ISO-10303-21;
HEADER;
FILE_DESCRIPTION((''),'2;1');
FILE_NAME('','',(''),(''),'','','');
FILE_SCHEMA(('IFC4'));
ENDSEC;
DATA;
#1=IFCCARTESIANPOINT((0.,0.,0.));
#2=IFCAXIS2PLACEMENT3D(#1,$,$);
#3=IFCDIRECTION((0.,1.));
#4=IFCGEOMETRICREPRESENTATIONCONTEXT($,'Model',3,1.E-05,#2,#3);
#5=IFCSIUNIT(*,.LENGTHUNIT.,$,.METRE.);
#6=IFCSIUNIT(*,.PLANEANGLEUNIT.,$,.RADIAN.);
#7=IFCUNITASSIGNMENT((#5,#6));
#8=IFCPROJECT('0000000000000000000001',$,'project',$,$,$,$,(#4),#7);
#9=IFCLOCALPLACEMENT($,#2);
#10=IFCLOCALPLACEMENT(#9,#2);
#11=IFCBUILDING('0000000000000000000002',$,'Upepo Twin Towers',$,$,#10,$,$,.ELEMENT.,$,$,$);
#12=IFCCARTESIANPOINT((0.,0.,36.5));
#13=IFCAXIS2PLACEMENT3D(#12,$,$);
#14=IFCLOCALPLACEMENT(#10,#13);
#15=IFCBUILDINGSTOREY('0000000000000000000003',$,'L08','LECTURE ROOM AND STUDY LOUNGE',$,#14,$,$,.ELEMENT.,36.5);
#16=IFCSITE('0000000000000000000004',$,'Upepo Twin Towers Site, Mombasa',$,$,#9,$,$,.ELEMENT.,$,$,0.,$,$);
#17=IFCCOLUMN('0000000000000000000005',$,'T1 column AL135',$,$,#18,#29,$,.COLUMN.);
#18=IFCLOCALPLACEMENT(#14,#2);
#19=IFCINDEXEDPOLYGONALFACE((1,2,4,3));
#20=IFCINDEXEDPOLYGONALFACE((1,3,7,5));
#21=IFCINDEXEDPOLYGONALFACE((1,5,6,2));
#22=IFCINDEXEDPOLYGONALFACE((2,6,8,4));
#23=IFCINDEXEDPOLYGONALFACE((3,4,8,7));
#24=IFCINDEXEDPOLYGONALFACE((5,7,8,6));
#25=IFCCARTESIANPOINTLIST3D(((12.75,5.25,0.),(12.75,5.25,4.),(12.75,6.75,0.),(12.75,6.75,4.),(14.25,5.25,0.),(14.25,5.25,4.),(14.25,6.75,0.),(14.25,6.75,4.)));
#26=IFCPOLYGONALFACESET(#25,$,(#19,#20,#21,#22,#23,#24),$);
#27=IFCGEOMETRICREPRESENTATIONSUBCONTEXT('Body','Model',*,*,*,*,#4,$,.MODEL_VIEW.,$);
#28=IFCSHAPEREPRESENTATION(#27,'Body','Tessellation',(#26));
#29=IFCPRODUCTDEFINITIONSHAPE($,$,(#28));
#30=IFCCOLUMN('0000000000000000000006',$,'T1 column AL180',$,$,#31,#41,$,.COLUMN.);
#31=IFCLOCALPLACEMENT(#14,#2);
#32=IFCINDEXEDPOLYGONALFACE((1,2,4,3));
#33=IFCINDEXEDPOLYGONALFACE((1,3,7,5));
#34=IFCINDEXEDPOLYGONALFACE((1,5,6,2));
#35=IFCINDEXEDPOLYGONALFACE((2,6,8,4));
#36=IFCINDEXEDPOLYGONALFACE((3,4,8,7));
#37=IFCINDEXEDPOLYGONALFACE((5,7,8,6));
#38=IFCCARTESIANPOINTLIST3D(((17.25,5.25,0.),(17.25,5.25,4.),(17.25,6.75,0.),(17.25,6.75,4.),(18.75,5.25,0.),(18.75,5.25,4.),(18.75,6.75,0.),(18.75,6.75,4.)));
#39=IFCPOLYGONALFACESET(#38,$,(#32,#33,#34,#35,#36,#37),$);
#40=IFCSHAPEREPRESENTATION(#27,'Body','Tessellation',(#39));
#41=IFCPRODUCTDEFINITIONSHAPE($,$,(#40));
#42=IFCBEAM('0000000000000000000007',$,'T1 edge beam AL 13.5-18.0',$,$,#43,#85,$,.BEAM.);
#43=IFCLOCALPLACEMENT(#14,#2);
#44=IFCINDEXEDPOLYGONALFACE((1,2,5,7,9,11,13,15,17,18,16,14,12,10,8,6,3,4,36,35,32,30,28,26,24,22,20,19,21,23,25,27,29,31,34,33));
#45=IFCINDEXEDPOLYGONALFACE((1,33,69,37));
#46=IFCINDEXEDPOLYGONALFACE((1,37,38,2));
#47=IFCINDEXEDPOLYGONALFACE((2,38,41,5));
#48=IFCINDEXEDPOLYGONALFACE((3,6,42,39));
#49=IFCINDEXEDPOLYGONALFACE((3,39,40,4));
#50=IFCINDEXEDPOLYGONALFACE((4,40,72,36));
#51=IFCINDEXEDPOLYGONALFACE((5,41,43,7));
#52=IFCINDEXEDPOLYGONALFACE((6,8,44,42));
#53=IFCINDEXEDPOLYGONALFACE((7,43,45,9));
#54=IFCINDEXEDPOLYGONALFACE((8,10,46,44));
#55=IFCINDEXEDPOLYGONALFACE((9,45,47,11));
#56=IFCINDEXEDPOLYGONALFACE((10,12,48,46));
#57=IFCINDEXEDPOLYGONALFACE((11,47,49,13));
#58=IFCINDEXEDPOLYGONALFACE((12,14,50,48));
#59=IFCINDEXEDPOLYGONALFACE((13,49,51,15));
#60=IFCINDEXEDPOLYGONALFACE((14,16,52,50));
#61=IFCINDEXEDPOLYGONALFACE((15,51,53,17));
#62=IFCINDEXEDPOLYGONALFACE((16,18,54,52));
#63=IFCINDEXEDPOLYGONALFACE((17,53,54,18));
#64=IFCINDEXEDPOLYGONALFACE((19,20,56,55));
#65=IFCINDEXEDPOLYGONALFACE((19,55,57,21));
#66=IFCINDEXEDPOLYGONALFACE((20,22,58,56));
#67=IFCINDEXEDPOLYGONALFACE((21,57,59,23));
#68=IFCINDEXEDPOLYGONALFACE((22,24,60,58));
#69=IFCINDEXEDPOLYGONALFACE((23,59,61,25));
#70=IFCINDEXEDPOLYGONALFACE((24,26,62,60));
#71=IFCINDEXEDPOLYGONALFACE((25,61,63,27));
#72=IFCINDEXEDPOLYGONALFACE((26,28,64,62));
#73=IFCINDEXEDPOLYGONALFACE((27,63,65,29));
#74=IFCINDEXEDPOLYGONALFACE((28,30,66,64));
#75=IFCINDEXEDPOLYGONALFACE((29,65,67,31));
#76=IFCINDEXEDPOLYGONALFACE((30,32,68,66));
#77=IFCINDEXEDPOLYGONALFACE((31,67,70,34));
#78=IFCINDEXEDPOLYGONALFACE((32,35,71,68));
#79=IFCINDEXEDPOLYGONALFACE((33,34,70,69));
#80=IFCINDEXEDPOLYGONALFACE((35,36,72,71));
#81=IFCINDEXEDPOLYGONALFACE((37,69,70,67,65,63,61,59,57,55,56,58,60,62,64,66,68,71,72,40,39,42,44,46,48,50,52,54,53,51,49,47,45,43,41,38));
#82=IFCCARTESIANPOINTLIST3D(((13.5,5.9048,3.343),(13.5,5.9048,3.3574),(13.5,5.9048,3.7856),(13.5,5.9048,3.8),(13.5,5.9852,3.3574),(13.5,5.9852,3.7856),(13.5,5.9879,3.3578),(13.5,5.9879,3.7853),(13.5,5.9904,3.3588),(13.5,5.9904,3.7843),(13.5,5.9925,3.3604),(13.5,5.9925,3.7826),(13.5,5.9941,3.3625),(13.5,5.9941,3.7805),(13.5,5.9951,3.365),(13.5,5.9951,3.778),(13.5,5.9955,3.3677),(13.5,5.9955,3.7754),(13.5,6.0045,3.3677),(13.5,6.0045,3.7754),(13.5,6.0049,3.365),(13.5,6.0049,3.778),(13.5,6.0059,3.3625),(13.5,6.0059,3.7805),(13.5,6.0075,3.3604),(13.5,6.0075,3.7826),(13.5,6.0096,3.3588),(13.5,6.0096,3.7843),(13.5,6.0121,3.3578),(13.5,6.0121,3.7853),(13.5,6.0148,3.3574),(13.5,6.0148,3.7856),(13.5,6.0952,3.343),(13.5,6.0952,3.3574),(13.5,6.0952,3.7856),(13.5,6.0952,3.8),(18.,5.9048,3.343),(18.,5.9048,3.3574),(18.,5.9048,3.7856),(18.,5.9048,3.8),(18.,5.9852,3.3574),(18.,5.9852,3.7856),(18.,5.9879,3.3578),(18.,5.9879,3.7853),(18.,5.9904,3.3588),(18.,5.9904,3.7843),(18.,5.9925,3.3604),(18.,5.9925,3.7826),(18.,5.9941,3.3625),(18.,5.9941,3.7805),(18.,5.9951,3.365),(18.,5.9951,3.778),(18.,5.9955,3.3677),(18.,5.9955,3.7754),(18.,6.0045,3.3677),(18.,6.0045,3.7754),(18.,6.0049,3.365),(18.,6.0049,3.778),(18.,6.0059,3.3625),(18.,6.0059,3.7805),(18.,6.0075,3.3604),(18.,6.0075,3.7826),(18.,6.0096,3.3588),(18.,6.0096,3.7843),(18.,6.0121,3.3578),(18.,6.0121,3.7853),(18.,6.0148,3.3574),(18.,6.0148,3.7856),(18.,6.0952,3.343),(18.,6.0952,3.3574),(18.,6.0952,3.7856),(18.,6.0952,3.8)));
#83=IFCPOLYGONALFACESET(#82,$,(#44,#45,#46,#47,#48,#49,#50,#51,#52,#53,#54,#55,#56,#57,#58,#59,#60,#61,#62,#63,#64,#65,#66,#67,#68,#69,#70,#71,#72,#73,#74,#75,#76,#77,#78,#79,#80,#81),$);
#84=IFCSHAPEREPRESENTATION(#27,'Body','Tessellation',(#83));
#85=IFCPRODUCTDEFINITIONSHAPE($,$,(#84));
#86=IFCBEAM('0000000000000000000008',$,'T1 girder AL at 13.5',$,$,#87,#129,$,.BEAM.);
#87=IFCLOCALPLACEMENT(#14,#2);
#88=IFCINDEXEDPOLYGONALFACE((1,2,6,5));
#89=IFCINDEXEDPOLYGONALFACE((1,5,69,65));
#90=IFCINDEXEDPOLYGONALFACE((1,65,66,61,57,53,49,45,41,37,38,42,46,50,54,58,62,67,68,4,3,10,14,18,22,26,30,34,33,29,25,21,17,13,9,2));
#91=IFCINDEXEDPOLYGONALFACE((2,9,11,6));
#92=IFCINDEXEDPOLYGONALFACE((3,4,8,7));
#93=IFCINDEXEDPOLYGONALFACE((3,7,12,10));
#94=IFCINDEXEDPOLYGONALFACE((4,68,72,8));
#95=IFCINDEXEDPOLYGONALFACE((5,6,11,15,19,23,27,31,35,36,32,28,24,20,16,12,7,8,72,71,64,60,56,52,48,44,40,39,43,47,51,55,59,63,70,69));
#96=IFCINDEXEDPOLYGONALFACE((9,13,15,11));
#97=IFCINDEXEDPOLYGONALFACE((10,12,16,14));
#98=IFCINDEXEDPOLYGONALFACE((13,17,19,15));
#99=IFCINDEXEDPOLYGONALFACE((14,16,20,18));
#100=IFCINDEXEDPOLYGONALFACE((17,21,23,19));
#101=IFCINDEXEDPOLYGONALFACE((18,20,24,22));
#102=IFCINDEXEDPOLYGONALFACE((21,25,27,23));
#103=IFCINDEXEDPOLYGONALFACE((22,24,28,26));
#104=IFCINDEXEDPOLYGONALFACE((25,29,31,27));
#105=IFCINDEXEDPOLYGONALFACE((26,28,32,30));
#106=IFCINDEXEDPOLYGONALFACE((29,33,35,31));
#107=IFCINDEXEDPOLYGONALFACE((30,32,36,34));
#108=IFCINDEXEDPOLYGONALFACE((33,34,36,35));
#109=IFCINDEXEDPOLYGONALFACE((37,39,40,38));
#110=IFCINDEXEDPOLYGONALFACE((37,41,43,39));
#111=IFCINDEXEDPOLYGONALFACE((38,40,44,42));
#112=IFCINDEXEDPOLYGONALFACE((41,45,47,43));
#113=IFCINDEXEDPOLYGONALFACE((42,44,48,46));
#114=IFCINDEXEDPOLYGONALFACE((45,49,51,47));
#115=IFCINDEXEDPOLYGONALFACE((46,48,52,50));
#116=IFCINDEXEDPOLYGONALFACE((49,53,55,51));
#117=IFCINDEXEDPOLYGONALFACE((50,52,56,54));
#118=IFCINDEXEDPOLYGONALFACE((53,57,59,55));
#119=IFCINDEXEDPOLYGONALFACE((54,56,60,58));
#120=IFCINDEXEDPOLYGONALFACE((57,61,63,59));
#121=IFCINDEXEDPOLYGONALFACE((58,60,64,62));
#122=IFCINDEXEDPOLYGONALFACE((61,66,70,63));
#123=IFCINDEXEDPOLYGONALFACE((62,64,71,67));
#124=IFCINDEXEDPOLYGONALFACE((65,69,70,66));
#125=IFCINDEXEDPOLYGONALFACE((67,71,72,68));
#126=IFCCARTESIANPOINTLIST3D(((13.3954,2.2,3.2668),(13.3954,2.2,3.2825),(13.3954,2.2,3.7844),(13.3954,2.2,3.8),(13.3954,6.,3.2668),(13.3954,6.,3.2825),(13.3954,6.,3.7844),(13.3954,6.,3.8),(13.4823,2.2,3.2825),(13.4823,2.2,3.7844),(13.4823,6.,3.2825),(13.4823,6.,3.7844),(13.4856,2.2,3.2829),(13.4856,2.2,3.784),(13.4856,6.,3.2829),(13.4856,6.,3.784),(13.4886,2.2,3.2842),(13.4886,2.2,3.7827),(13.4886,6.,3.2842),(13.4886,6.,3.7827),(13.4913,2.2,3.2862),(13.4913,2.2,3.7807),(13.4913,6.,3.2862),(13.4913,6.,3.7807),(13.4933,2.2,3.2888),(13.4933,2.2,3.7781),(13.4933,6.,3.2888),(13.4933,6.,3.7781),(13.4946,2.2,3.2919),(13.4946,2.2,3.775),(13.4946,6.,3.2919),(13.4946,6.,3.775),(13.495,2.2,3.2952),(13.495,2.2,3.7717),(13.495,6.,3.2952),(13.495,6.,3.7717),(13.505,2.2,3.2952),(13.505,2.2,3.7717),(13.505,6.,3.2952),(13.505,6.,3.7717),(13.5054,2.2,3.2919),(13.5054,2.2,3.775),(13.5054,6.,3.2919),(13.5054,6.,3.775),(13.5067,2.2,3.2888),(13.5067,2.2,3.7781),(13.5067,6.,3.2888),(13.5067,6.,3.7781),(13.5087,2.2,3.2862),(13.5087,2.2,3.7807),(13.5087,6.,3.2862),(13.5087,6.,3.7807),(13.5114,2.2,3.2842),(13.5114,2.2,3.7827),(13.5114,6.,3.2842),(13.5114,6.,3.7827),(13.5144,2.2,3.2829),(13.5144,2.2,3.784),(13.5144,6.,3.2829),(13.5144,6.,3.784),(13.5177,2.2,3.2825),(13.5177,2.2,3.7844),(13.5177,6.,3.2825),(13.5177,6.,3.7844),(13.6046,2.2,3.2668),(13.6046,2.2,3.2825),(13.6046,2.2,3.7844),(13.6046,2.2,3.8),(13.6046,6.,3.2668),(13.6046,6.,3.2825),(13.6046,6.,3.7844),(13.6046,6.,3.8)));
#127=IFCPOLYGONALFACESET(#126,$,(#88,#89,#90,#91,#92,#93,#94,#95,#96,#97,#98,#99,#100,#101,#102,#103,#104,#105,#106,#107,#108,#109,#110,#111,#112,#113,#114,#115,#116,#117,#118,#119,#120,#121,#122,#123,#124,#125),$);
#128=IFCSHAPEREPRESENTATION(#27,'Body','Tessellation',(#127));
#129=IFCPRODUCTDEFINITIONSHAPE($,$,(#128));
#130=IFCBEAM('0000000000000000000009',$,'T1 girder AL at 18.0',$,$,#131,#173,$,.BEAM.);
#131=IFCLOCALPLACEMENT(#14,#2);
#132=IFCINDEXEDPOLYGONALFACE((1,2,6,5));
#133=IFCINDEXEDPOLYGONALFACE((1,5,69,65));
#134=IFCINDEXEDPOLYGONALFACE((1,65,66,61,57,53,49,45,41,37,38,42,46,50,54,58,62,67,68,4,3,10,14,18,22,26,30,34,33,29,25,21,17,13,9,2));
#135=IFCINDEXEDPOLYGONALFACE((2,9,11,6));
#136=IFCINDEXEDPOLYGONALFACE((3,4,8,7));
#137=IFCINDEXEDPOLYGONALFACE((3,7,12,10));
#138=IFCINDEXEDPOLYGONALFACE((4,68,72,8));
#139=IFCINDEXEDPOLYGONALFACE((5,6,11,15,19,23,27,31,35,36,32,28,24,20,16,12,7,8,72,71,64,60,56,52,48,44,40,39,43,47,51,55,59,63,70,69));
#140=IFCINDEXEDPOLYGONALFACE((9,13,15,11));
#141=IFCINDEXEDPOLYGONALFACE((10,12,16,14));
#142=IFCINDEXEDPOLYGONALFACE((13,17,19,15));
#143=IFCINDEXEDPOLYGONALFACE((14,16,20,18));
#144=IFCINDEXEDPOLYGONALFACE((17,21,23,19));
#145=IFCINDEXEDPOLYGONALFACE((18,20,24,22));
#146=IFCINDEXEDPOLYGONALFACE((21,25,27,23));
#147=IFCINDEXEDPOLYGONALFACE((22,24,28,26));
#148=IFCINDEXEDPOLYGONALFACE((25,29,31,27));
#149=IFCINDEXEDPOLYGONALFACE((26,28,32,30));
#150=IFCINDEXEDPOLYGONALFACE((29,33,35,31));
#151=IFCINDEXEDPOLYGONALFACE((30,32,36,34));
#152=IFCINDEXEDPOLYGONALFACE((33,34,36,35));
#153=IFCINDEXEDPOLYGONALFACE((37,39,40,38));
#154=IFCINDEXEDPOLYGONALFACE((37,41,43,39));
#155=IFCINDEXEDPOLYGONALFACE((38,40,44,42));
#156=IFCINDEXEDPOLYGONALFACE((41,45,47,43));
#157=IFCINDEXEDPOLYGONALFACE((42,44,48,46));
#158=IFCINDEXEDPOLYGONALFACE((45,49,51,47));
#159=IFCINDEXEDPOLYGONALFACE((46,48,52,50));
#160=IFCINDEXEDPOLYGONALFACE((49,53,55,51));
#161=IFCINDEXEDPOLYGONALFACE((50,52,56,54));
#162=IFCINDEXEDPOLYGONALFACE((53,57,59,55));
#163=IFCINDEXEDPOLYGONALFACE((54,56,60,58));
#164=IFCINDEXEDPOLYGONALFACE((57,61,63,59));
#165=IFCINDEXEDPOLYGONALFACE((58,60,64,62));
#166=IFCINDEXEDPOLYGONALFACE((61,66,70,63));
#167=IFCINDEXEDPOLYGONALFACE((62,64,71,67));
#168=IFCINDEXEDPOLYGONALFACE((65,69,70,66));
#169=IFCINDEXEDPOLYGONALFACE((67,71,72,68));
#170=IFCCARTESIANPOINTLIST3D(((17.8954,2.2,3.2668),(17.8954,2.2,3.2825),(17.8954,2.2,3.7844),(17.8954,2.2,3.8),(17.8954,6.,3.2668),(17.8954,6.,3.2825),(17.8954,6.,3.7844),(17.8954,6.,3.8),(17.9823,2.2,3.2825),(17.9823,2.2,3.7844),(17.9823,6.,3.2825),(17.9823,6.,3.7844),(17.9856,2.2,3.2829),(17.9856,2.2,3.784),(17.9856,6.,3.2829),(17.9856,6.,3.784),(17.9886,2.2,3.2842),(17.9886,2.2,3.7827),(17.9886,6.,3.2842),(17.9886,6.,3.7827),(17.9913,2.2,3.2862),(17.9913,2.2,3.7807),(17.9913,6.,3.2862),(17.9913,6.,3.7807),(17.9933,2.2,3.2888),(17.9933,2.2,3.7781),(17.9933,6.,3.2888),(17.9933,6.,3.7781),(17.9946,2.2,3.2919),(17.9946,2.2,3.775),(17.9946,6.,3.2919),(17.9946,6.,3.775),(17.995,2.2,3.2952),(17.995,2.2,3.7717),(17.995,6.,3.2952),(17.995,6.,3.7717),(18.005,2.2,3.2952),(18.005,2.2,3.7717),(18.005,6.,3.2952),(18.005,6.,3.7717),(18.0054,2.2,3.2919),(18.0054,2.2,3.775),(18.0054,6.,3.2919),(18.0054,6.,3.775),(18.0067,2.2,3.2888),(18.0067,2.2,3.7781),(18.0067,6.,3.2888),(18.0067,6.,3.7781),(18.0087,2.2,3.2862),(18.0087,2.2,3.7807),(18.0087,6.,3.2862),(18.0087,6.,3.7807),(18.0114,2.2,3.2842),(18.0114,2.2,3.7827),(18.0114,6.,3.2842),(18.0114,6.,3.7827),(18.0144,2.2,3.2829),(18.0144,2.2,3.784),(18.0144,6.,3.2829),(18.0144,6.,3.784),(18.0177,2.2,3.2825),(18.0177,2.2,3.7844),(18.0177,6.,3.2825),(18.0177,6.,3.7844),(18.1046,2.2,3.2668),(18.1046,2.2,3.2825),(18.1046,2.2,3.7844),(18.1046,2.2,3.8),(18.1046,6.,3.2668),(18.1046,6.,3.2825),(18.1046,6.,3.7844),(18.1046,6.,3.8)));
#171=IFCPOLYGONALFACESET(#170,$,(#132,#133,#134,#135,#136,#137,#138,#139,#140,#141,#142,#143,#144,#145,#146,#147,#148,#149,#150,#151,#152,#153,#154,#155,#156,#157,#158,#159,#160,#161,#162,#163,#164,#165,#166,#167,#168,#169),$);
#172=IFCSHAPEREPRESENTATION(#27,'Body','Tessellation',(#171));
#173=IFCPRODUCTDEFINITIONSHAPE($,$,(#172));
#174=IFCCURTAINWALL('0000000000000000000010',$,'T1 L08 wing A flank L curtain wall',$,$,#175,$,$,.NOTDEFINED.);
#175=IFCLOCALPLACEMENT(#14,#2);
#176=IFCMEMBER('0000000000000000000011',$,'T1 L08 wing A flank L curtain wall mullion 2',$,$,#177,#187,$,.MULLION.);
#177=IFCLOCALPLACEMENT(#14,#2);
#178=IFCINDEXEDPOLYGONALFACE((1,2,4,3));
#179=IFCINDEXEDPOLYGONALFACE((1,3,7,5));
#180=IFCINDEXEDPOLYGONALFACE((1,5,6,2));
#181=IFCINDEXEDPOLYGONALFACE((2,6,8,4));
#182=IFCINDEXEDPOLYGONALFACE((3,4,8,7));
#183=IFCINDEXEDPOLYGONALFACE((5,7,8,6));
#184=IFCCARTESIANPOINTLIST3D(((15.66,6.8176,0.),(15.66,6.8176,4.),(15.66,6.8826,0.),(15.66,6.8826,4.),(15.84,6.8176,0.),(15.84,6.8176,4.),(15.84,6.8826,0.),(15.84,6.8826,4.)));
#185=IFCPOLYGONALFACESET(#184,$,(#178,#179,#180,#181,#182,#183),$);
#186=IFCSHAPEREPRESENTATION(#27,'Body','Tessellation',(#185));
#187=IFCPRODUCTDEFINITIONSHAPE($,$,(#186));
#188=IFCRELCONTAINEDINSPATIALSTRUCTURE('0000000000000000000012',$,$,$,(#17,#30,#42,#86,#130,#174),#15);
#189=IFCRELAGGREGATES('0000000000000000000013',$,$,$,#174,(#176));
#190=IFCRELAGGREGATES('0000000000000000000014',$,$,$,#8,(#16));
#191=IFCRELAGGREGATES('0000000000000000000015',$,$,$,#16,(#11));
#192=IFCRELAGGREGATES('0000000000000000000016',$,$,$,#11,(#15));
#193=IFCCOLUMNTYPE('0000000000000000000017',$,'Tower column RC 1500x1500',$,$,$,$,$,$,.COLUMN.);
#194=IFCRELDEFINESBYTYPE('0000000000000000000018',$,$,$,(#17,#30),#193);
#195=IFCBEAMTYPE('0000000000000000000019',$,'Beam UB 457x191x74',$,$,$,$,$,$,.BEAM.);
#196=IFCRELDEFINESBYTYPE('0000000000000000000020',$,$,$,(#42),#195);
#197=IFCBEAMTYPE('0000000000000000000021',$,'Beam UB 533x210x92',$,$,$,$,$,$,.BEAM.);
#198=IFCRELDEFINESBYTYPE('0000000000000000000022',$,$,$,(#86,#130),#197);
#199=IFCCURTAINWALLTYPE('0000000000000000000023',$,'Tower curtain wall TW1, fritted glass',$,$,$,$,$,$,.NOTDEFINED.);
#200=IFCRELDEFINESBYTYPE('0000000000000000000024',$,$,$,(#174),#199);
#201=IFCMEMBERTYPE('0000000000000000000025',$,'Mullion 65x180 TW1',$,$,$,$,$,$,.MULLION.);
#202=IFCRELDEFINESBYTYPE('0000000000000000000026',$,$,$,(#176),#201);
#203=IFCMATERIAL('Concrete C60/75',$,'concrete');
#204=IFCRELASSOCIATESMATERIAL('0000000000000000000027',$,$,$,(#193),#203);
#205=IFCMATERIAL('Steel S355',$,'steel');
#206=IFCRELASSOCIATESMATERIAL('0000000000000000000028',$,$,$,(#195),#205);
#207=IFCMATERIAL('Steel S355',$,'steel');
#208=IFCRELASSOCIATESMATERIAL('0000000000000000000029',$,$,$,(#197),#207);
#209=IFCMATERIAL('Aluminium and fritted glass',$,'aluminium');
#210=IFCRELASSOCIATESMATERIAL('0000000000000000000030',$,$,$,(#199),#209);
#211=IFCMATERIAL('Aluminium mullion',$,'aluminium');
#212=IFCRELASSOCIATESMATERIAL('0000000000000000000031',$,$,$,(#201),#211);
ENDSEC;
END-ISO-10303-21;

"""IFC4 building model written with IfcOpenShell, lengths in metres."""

from ifc_helpers import new_model, si_unit, direction, frame, origin, origin_2d, place, context, subcontext, project, spatial, rectangle, i_section, extrude, material, material_profile, profile_set, type_object, element, aggregate, save


model = new_model("IFC4")

# Units and contexts
model_context = context("Model", 3, precision=1e-05, world=origin(), true_north=direction((0.0, 1.0)))
body_context = subcontext(model_context, "Body", "Model", "MODEL_VIEW")
ifc_project = project(units=[si_unit("LENGTHUNIT", "METRE"), si_unit("PLANEANGLEUNIT", "RADIAN")], contexts=[model_context])

# Site, building, storey
site_placement = place(None, origin())
site = spatial("IfcSite", under=ifc_project, at=site_placement, Name="Upepo Twin Towers Site, Mombasa", CompositionType="ELEMENT", RefElevation=0.0)
building_placement = place(site_placement, origin())
building = spatial("IfcBuilding", under=site, at=building_placement, Name="Upepo Twin Towers", CompositionType="ELEMENT")
storey_placement = place(building_placement, frame((0.0, 0.0, 36.5)))
storey = spatial("IfcBuildingStorey", under=building, at=storey_placement, Name="L08", Description="LECTURE ROOM AND STUDY LOUNGE", CompositionType="ELEMENT", Elevation=36.5)

# Columns
ifc_material_1 = material(Name="Concrete C60/75", Category="concrete")
ifc_material_profile_1 = material_profile(ifc_material_1, rectangle(XDim=1.5, YDim=1.5, at=origin_2d()), Name="RC 1500x1500")
ifc_profile_set_1 = profile_set([ifc_material_profile_1], Name="Concrete C60/75")
column_type = type_object("IfcColumnType", Name="Tower column RC 1500x1500", PredefinedType="COLUMN", material=ifc_profile_set_1)
for number, where, z_axis, x_axis, name in (
    (1, (13.5, 6.0, 0.0), (0.0, 0.0, 1.0), (1.0, 0.0, 0.0), "T1 column AL135"),
    (2, (18.0, 6.0, 0.0), (0.0, 0.0, 1.0), (1.0, 0.0, 0.0), "T1 column AL180"),
):
    element("IfcColumn", number, at=place(storey_placement, frame(where, z_axis=z_axis, x_axis=x_axis)), inside=storey, type_object=column_type, Name=name, PredefinedType="COLUMN", context=body_context, shape_type="SweptSolid", body=[
        extrude(rectangle(XDim=1.5, YDim=1.5, at=origin_2d()), origin(), (0.0, 0.0, 1.0), 4.0),
    ])

# Beams
ifc_material_2 = material(Name="Steel S355", Category="steel")
ifc_material_profile_2 = material_profile(ifc_material_2, i_section(OverallWidth=0.1904, OverallDepth=0.457, WebThickness=0.009, FlangeThickness=0.0144, FilletRadius=0.0103, at=origin_2d()), Name="UB 457x191x74")
ifc_profile_set_2 = profile_set([ifc_material_profile_2], Name="Steel S355")
beam_type_1 = type_object("IfcBeamType", Name="Beam UB 457x191x74", PredefinedType="BEAM", material=ifc_profile_set_2)
beam_placement = place(storey_placement, frame((13.5, 6.0, 3.5715), z_axis=(1.0, 0.0, 0.0), x_axis=(0.0, 1.0, 0.0)))
element("IfcBeam", 3, at=beam_placement, inside=storey, type_object=beam_type_1, Name="T1 edge beam AL 13.5-18.0", PredefinedType="BEAM", context=body_context, shape_type="SweptSolid", body=[
    extrude(i_section(OverallWidth=0.1904, OverallDepth=0.457, WebThickness=0.009, FlangeThickness=0.0144, FilletRadius=0.0103, at=origin_2d()), origin(), (0.0, 0.0, 1.0), 4.5),
])
ifc_material_3 = material(Name="Steel S355", Category="steel")
ifc_material_profile_3 = material_profile(ifc_material_3, i_section(OverallWidth=0.2092, OverallDepth=0.5332, WebThickness=0.01, FlangeThickness=0.0156, FilletRadius=0.0127, at=origin_2d()), Name="UB 533x210x92")
ifc_profile_set_3 = profile_set([ifc_material_profile_3], Name="Steel S355")
beam_type_2 = type_object("IfcBeamType", Name="Beam UB 533x210x92", PredefinedType="BEAM", material=ifc_profile_set_3)
for number, where, z_axis, x_axis, name in (
    (4, (13.5, 6.0, 3.5334), (0.0, -1.0, 0.0), (1.0, 0.0, 0.0), "T1 girder AL at 13.5"),
    (5, (18.0, 6.0, 3.5334), (0.0, -1.0, 0.0), (1.0, 0.0, 0.0), "T1 girder AL at 18.0"),
):
    element("IfcBeam", number, at=place(storey_placement, frame(where, z_axis=z_axis, x_axis=x_axis)), inside=storey, type_object=beam_type_2, Name=name, PredefinedType="BEAM", context=body_context, shape_type="SweptSolid", body=[
        extrude(i_section(OverallWidth=0.2092, OverallDepth=0.5332, WebThickness=0.01, FlangeThickness=0.0156, FilletRadius=0.0127, at=origin_2d()), origin(), (0.0, 0.0, 1.0), 3.8),
    ])

# Curtain wall, member
ifc_material_4 = material(Name="Aluminium and fritted glass", Category="aluminium")
curtain_wall_type = type_object("IfcCurtainWallType", Name="Tower curtain wall TW1, fritted glass", PredefinedType="NOTDEFINED", material=ifc_material_4)
curtain_wall_placement = place(storey_placement, origin())
curtain_wall = element("IfcCurtainWall", 6, at=curtain_wall_placement, inside=storey, type_object=curtain_wall_type, Name="T1 L08 wing A flank L curtain wall", PredefinedType="NOTDEFINED")
ifc_material_5 = material(Name="Aluminium mullion", Category="aluminium")
ifc_material_profile_4 = material_profile(ifc_material_5, rectangle(XDim=0.0649, YDim=0.1799, at=origin_2d()), Name="MULLION 65x180")
ifc_profile_set_4 = profile_set([ifc_material_profile_4], Name="Aluminium mullion")
member_type_1 = type_object("IfcMemberType", Name="Mullion 65x180 TW1", PredefinedType="MULLION", material=ifc_profile_set_4)
member_1_placement = place(storey_placement, frame((15.75, 6.8501, 0.0), z_axis=(0.0, 0.0, 1.0), x_axis=(0.0, 1.0, 0.0)))
member_1 = element("IfcMember", 7, at=member_1_placement, type_object=member_type_1, Name="T1 L08 wing A flank L curtain wall mullion 2", PredefinedType="MULLION", context=body_context, shape_type="SweptSolid", body=[
    extrude(rectangle(XDim=0.0649, YDim=0.1799, at=origin_2d()), origin(), (0.0, 0.0, 1.0), 4.0),
])
aggregate(curtain_wall, [member_1])

save(model, "model.ifc")
